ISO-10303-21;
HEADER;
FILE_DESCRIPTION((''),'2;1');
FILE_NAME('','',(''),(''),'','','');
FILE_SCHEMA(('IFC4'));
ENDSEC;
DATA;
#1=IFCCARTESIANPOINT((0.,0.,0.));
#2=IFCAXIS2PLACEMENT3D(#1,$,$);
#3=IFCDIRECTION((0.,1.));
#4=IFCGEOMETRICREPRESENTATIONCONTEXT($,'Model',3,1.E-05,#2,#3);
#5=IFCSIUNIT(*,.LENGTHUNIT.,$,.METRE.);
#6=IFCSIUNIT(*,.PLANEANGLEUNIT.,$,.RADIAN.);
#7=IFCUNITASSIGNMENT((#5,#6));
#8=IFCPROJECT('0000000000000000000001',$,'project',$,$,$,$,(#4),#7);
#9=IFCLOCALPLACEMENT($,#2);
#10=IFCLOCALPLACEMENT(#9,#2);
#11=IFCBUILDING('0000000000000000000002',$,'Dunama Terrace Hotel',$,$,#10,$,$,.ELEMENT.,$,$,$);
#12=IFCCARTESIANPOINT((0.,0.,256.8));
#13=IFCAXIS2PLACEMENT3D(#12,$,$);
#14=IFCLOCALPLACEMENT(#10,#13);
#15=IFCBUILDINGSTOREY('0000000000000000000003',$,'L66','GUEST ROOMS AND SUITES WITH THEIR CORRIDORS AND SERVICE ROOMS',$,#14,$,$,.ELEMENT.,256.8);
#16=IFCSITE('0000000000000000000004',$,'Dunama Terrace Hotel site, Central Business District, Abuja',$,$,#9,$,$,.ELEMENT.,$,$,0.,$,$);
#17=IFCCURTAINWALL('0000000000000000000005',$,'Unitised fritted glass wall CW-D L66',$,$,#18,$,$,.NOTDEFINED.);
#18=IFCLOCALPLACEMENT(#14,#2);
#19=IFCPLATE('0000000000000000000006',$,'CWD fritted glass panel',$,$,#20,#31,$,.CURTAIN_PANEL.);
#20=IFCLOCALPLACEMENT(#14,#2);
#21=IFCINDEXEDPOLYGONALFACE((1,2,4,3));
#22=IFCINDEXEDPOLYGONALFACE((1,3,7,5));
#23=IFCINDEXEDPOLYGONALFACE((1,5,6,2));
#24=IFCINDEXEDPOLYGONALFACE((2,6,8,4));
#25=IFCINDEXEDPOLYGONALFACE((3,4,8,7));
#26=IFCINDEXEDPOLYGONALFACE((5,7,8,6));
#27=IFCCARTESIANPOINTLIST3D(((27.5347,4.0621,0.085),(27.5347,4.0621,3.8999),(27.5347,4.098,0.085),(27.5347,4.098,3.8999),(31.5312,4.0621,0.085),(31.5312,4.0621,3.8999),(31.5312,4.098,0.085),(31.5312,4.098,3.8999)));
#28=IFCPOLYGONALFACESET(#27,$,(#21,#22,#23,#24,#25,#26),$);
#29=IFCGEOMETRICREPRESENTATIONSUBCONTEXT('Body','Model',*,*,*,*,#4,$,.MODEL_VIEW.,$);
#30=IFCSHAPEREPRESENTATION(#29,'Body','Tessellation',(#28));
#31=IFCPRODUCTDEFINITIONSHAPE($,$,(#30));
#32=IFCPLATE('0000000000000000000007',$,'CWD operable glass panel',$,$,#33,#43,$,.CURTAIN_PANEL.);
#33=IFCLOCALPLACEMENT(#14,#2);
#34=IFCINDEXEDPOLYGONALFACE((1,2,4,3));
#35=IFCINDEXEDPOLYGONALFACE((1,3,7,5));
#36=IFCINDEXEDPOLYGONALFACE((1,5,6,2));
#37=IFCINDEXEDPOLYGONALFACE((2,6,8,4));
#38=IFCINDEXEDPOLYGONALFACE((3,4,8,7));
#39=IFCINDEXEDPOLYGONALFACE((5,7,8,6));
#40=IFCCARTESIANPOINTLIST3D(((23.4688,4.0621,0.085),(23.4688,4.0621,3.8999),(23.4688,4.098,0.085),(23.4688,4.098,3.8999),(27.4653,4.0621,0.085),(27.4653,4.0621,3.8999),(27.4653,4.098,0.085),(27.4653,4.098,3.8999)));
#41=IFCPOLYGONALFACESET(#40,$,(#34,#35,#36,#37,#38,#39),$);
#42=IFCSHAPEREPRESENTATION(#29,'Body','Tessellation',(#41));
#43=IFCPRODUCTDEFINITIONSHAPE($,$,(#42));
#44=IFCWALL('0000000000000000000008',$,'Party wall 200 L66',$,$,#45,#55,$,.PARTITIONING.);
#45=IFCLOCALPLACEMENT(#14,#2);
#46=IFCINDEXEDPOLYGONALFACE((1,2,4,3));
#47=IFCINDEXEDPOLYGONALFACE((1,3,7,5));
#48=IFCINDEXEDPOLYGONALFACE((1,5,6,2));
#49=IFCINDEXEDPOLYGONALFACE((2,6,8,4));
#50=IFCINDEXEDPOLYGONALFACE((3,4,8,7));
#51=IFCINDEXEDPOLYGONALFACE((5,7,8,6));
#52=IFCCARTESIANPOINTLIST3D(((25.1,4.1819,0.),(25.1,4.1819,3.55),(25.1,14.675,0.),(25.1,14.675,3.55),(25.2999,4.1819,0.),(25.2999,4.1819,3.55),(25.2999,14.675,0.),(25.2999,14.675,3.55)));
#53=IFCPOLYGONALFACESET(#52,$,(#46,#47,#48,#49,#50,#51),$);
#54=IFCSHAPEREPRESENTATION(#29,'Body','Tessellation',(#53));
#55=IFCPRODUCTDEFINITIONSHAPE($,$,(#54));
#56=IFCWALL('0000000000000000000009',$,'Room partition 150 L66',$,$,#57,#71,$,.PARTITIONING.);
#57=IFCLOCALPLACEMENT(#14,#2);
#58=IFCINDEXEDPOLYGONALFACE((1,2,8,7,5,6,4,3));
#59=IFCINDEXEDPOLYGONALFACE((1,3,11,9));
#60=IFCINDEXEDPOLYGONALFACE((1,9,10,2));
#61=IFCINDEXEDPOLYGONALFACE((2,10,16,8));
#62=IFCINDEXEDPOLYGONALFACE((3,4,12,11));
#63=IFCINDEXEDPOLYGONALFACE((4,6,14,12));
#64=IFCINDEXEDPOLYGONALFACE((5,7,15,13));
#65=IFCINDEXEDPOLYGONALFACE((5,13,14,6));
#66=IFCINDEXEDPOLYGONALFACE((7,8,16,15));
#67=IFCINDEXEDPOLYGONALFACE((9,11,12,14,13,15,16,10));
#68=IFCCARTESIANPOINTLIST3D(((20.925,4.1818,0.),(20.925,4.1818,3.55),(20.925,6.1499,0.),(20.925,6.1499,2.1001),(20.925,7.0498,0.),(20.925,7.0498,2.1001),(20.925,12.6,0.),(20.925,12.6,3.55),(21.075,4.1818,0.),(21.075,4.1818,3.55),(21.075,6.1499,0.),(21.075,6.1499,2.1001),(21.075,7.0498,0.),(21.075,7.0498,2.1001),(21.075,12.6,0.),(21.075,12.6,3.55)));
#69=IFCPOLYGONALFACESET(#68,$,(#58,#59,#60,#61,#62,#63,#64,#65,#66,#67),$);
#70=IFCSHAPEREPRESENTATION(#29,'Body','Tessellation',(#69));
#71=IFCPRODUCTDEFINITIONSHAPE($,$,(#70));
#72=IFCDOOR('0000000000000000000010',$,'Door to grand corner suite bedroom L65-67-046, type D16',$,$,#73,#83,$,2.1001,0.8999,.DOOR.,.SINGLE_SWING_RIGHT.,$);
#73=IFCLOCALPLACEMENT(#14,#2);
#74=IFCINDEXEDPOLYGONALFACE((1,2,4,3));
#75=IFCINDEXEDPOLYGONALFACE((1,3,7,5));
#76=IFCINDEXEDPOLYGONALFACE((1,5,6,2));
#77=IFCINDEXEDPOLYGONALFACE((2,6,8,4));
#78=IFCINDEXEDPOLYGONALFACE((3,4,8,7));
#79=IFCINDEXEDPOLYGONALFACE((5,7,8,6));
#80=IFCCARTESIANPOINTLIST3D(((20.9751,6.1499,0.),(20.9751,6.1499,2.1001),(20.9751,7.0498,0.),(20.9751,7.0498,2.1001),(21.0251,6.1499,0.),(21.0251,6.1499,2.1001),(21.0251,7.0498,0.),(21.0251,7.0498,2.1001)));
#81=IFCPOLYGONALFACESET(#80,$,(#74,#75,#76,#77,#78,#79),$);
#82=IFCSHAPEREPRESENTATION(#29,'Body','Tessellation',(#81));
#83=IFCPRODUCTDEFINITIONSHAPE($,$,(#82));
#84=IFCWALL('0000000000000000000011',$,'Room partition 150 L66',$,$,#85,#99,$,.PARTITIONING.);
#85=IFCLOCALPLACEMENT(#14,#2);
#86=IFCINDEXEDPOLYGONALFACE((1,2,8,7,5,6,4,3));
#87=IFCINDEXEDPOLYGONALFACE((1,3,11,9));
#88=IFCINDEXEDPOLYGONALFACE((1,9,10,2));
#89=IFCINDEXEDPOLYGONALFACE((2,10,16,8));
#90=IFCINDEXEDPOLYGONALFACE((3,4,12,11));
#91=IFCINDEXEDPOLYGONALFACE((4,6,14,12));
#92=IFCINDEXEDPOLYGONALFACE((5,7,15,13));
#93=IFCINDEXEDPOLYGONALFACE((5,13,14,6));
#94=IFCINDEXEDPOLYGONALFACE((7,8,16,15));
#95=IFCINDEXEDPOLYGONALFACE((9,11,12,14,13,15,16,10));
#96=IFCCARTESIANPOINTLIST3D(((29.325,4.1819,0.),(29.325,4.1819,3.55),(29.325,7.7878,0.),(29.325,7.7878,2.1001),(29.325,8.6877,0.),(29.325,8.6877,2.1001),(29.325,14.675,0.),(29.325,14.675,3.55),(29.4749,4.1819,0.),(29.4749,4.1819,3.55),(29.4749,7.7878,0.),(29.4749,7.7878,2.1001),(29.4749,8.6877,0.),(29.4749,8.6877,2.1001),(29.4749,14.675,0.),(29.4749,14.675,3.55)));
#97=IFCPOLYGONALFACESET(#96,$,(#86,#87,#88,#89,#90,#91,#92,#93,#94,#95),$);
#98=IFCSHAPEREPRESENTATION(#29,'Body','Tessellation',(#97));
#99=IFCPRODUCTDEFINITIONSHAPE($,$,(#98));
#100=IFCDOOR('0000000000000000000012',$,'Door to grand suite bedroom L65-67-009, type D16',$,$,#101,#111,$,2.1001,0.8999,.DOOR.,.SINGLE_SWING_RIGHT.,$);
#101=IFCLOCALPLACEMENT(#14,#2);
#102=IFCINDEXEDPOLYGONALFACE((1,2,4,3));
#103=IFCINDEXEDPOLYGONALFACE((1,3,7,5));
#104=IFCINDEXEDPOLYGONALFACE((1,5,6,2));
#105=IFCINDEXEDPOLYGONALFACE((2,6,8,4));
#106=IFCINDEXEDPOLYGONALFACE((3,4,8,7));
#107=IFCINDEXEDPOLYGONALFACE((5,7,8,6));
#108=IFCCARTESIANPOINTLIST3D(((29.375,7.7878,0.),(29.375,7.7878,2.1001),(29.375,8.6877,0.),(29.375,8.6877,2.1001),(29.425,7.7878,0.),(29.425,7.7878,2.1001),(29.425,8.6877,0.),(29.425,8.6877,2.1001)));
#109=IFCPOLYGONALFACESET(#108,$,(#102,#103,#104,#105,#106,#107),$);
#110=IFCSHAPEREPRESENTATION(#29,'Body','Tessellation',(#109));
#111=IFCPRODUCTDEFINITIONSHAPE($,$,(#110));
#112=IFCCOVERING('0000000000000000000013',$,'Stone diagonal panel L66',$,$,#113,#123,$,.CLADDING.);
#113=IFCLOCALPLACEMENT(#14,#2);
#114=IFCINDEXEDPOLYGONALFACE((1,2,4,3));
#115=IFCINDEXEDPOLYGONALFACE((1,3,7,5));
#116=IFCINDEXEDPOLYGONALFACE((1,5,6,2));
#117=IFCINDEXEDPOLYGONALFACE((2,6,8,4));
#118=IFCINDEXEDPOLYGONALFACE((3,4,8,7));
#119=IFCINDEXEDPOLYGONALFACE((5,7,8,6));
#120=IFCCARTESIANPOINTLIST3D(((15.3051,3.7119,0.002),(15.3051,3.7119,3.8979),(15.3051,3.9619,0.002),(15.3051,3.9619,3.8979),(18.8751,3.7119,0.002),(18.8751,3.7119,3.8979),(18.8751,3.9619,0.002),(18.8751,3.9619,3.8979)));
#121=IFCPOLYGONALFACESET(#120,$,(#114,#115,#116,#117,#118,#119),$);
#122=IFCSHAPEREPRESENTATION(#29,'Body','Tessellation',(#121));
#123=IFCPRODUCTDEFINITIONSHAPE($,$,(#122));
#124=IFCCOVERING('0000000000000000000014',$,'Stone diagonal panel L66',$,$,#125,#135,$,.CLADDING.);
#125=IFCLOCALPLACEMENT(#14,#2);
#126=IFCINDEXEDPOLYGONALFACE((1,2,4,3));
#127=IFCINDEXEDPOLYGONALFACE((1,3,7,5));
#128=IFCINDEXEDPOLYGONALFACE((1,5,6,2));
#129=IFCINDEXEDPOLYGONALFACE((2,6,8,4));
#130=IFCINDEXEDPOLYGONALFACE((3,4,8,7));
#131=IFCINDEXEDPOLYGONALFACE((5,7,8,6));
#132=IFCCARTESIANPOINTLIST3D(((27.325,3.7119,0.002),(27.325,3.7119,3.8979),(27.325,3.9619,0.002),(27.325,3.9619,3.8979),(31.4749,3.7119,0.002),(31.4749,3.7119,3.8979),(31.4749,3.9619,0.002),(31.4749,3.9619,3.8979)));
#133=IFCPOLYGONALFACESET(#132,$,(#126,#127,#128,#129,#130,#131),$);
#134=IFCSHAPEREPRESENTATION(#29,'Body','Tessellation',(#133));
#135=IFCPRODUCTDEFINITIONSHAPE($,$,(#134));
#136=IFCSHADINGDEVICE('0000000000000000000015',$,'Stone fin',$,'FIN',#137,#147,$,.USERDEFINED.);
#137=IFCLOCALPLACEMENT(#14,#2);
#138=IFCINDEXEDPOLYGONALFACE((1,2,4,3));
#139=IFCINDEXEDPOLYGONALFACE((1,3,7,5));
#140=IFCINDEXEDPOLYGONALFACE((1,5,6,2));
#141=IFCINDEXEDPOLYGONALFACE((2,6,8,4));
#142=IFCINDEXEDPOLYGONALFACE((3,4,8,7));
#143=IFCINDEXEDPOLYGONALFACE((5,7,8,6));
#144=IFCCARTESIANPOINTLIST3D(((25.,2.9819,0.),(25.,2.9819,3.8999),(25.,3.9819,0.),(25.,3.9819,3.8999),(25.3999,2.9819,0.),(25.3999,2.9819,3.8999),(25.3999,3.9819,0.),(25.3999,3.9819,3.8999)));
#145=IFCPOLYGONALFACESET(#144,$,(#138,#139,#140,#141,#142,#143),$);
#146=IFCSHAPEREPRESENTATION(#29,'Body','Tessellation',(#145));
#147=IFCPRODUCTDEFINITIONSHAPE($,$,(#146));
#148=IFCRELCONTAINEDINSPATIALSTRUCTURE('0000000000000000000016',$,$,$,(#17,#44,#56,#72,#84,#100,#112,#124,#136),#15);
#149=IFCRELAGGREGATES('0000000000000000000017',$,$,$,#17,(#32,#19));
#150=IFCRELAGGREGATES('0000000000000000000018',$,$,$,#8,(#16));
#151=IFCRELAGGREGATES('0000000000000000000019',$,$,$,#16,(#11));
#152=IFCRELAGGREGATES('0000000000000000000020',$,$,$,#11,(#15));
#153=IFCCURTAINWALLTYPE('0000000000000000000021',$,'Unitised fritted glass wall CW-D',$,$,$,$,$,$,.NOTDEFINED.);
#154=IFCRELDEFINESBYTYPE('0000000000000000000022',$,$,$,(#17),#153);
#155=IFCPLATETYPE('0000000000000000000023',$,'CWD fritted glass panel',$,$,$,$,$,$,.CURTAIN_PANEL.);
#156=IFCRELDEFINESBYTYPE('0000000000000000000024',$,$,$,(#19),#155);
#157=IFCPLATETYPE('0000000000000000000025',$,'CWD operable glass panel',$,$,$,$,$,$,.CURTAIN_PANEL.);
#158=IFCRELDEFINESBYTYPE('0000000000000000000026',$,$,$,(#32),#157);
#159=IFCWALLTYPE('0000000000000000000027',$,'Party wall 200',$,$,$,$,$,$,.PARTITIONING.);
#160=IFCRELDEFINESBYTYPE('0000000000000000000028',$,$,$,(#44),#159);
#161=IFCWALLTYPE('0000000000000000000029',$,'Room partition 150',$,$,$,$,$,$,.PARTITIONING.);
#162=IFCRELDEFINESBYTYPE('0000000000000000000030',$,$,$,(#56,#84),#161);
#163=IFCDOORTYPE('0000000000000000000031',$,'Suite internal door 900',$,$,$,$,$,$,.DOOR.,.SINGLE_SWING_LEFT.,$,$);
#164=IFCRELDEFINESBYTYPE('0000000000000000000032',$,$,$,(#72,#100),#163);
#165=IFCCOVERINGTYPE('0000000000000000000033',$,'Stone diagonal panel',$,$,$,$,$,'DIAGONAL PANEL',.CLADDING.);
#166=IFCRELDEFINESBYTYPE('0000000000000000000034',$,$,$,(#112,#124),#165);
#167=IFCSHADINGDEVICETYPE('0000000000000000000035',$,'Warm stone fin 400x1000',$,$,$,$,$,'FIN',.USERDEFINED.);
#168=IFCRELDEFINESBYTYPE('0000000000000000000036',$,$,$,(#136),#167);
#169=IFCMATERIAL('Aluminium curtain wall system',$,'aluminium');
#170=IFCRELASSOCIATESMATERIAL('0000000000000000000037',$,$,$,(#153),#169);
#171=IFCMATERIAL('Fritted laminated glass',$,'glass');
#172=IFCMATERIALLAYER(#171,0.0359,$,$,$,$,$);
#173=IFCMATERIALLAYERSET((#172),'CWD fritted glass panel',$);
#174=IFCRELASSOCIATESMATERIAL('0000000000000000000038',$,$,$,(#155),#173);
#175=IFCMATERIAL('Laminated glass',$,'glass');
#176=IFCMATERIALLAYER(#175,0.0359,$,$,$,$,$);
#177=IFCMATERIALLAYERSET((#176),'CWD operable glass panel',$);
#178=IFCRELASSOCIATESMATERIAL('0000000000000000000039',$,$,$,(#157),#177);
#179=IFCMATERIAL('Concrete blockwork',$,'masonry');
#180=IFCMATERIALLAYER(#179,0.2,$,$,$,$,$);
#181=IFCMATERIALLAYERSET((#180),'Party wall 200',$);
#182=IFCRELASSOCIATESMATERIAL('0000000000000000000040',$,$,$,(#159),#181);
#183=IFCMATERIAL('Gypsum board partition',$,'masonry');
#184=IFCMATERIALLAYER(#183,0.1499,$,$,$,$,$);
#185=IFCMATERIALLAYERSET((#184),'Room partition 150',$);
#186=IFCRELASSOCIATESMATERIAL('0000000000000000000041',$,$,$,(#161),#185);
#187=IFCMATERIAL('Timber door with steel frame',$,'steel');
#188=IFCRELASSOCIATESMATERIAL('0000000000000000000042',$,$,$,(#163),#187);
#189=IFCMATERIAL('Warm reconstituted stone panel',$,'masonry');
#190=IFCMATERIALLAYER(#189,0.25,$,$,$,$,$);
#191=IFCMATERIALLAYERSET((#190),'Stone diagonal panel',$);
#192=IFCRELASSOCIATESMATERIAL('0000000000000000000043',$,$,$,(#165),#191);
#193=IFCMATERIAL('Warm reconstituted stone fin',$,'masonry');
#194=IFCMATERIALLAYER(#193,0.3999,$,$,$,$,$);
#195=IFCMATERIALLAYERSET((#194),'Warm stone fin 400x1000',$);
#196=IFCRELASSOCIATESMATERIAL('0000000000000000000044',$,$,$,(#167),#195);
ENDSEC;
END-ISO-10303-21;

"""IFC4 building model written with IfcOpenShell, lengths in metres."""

from ifc_helpers import new_model, si_unit, direction, frame, frame_2d, origin, origin_2d, place, context, subcontext, project, spatial, rectangle, extrude, material, layer, layer_set, type_object, element, fill, aggregate, save


model = new_model("IFC4")

# Units and contexts
model_context = context("Model", 3, precision=1e-05, world=origin(), true_north=direction((0.0, 1.0)))
body_context = subcontext(model_context, "Body", "Model", "MODEL_VIEW")
ifc_project = project(units=[si_unit("LENGTHUNIT", "METRE"), si_unit("PLANEANGLEUNIT", "RADIAN")], contexts=[model_context])

# Site, building, storey
site_placement = place(None, origin())
site = spatial("IfcSite", under=ifc_project, at=site_placement, Name="Dunama Terrace Hotel site, Central Business District, Abuja", CompositionType="ELEMENT", RefElevation=0.0)
building_placement = place(site_placement, origin())
building = spatial("IfcBuilding", under=site, at=building_placement, Name="Dunama Terrace Hotel", CompositionType="ELEMENT")
storey_placement = place(building_placement, frame((0.0, 0.0, 256.8)))
storey = spatial("IfcBuildingStorey", under=building, at=storey_placement, Name="L66", Description="GUEST ROOMS AND SUITES WITH THEIR CORRIDORS AND SERVICE ROOMS", CompositionType="ELEMENT", Elevation=256.8)

# Curtain wall
ifc_material_1 = material(Name="Aluminium curtain wall system", Category="aluminium")
curtain_wall_type = type_object("IfcCurtainWallType", Name="Unitised fritted glass wall CW-D", PredefinedType="NOTDEFINED", material=ifc_material_1)
curtain_wall_placement = place(storey_placement, origin())
curtain_wall = element("IfcCurtainWall", 1, at=curtain_wall_placement, inside=storey, type_object=curtain_wall_type, Name="Unitised fritted glass wall CW-D L66", PredefinedType="NOTDEFINED")

# Plates
ifc_material_2 = material(Name="Fritted laminated glass", Category="glass")
ifc_layer_1 = layer(ifc_material_2, 0.0359)
ifc_layer_set_1 = layer_set([ifc_layer_1], Name="CWD fritted glass panel")
plate_type_1 = type_object("IfcPlateType", Name="CWD fritted glass panel", PredefinedType="CURTAIN_PANEL", material=ifc_layer_set_1)
plate_1_placement = place(storey_placement, frame((29.533, 4.0801, 0.085), z_axis=(0.0, 0.0, 1.0), x_axis=(1.0, 0.0, 0.0)))
plate_1 = element("IfcPlate", 2, at=plate_1_placement, type_object=plate_type_1, Name="CWD fritted glass panel", PredefinedType="CURTAIN_PANEL", context=body_context, shape_type="SweptSolid", body=[
    extrude(rectangle(XDim=3.9966, YDim=0.0359, at=origin_2d()), origin(), (0.0, 0.0, 1.0), 3.8149),
])
ifc_material_3 = material(Name="Laminated glass", Category="glass")
ifc_layer_2 = layer(ifc_material_3, 0.0359)
ifc_layer_set_2 = layer_set([ifc_layer_2], Name="CWD operable glass panel")
plate_type_2 = type_object("IfcPlateType", Name="CWD operable glass panel", PredefinedType="CURTAIN_PANEL", material=ifc_layer_set_2)
plate_2_placement = place(storey_placement, frame((25.467, 4.0801, 0.085), z_axis=(0.0, 0.0, 1.0), x_axis=(1.0, 0.0, 0.0)))
plate_2 = element("IfcPlate", 3, at=plate_2_placement, type_object=plate_type_2, Name="CWD operable glass panel", PredefinedType="CURTAIN_PANEL", context=body_context, shape_type="SweptSolid", body=[
    extrude(rectangle(XDim=3.9966, YDim=0.0359, at=origin_2d()), origin(), (0.0, 0.0, 1.0), 3.8149),
])
aggregate(curtain_wall, [plate_2, plate_1])

# Wall
ifc_material_4 = material(Name="Concrete blockwork", Category="masonry")
ifc_layer_3 = layer(ifc_material_4, 0.2)
ifc_layer_set_3 = layer_set([ifc_layer_3], Name="Party wall 200")
wall_type_1 = type_object("IfcWallType", Name="Party wall 200", PredefinedType="PARTITIONING", material=ifc_layer_set_3)
wall_1_placement = place(storey_placement, frame((25.2, 4.1819, 0.0), z_axis=(0.0, 0.0, 1.0), x_axis=(0.0, 1.0, 0.0)))
element("IfcWall", 4, at=wall_1_placement, inside=storey, type_object=wall_type_1, Name="Party wall 200 L66", PredefinedType="PARTITIONING", context=body_context, shape_type="SweptSolid", body=[
    extrude(rectangle(XDim=10.4932, YDim=0.2, at=frame_2d((5.2466, 0.0))), origin(), (0.0, 0.0, 1.0), 3.55),
])

# Walls, openings, doors
ifc_material_5 = material(Name="Gypsum board partition", Category="masonry")
ifc_layer_4 = layer(ifc_material_5, 0.1499)
ifc_layer_set_4 = layer_set([ifc_layer_4], Name="Room partition 150")
wall_type_2 = type_object("IfcWallType", Name="Room partition 150", PredefinedType="PARTITIONING", material=ifc_layer_set_4)
wall_2_placement = place(storey_placement, frame((21.0, 4.1819, 0.0), z_axis=(0.0, 0.0, 1.0), x_axis=(0.0, 1.0, 0.0)))
wall_2 = element("IfcWall", 5, at=wall_2_placement, inside=storey, type_object=wall_type_2, Name="Room partition 150 L66", PredefinedType="PARTITIONING", context=body_context, shape_type="SweptSolid", body=[
    extrude(rectangle(XDim=8.4182, YDim=0.1499, at=frame_2d((4.209, 0.0))), origin(), (0.0, 0.0, 1.0), 3.55),
])
opening_1_placement = place(wall_2_placement, frame((1.968, 0.0, 0.0)))
opening_1 = element("IfcOpeningElement", 6, at=opening_1_placement, cuts=wall_2, PredefinedType="OPENING", context=body_context, shape_type="SweptSolid", body=[
    extrude(rectangle(XDim=0.8999, YDim=2.1001, at=frame_2d((0.45, 1.05))), frame((0.0, 0.085, 0.0), z_axis=(0.0, -1.0, 0.0), x_axis=(1.0, 0.0, 0.0)), (0.0, 0.0, 1.0), 0.1699),
])
ifc_material_6 = material(Name="Timber door with steel frame", Category="steel")
door_type = type_object("IfcDoorType", Name="Suite internal door 900", OperationType="SINGLE_SWING_LEFT", PredefinedType="DOOR", material=ifc_material_6)
door_1_placement = place(opening_1_placement, origin())
door_1 = element("IfcDoor", 7, at=door_1_placement, inside=storey, type_object=door_type, Name="Door to grand corner suite bedroom L65-67-046, type D16", OperationType="SINGLE_SWING_RIGHT", OverallHeight=2.1001, OverallWidth=0.8999, PredefinedType="DOOR", context=body_context, shape_type="SweptSolid", body=[
    extrude(rectangle(XDim=0.8999, YDim=2.1001, at=frame_2d((0.45, 1.05))), frame((0.0, 0.0249, 0.0), z_axis=(0.0, -1.0, 0.0), x_axis=(1.0, 0.0, 0.0)), (0.0, 0.0, 1.0), 0.05),
])
fill(opening_1, door_1)
wall_3_placement = place(storey_placement, frame((29.3999, 4.1819, 0.0), z_axis=(0.0, 0.0, 1.0), x_axis=(0.0, 1.0, 0.0)))
wall_3 = element("IfcWall", 8, at=wall_3_placement, inside=storey, type_object=wall_type_2, Name="Room partition 150 L66", PredefinedType="PARTITIONING", context=body_context, shape_type="SweptSolid", body=[
    extrude(rectangle(XDim=10.4932, YDim=0.1499, at=frame_2d((5.2466, 0.0))), origin(), (0.0, 0.0, 1.0), 3.55),
])
opening_2_placement = place(wall_3_placement, frame((3.606, 0.0, 0.0)))
opening_2 = element("IfcOpeningElement", 9, at=opening_2_placement, cuts=wall_3, PredefinedType="OPENING", context=body_context, shape_type="SweptSolid", body=[
    extrude(rectangle(XDim=0.8999, YDim=2.1001, at=frame_2d((0.45, 1.05))), frame((0.0, 0.085, 0.0), z_axis=(0.0, -1.0, 0.0), x_axis=(1.0, 0.0, 0.0)), (0.0, 0.0, 1.0), 0.1699),
])
door_2_placement = place(opening_2_placement, origin())
door_2 = element("IfcDoor", 10, at=door_2_placement, inside=storey, type_object=door_type, Name="Door to grand suite bedroom L65-67-009, type D16", OperationType="SINGLE_SWING_RIGHT", OverallHeight=2.1001, OverallWidth=0.8999, PredefinedType="DOOR", context=body_context, shape_type="SweptSolid", body=[
    extrude(rectangle(XDim=0.8999, YDim=2.1001, at=frame_2d((0.45, 1.05))), frame((0.0, 0.0249, 0.0), z_axis=(0.0, -1.0, 0.0), x_axis=(1.0, 0.0, 0.0)), (0.0, 0.0, 1.0), 0.05),
])
fill(opening_2, door_2)

# Coverings
ifc_material_7 = material(Name="Warm reconstituted stone panel", Category="masonry")
ifc_layer_5 = layer(ifc_material_7, 0.25)
ifc_layer_set_5 = layer_set([ifc_layer_5], Name="Stone diagonal panel")
covering_type = type_object("IfcCoveringType", Name="Stone diagonal panel", ElementType="DIAGONAL PANEL", PredefinedType="CLADDING", material=ifc_layer_set_5)
covering_1_placement = place(storey_placement, frame((17.0901, 3.8369, 0.002), z_axis=(0.0, 0.0, 1.0), x_axis=(1.0, 0.0, 0.0)))
element("IfcCovering", 11, at=covering_1_placement, inside=storey, type_object=covering_type, Name="Stone diagonal panel L66", PredefinedType="CLADDING", context=body_context, shape_type="SweptSolid", body=[
    extrude(rectangle(XDim=3.5701, YDim=0.25, at=origin_2d()), origin(), (0.0, 0.0, 1.0), 3.896),
])
covering_2_placement = place(storey_placement, frame((29.3999, 3.8369, 0.002), z_axis=(0.0, 0.0, 1.0), x_axis=(1.0, 0.0, 0.0)))
element("IfcCovering", 12, at=covering_2_placement, inside=storey, type_object=covering_type, Name="Stone diagonal panel L66", PredefinedType="CLADDING", context=body_context, shape_type="SweptSolid", body=[
    extrude(rectangle(XDim=4.1499, YDim=0.25, at=origin_2d()), origin(), (0.0, 0.0, 1.0), 3.896),
])

# Shading device
ifc_material_8 = material(Name="Warm reconstituted stone fin", Category="masonry")
ifc_layer_6 = layer(ifc_material_8, 0.3999)
ifc_layer_set_6 = layer_set([ifc_layer_6], Name="Warm stone fin 400x1000")
shading_device_type = type_object("IfcShadingDeviceType", Name="Warm stone fin 400x1000", ElementType="FIN", PredefinedType="USERDEFINED", material=ifc_layer_set_6)
shading_device_placement = place(storey_placement, frame((25.2, 3.4819, 0.0), z_axis=(0.0, 0.0, 1.0), x_axis=(1.0, 0.0, 0.0)))
element("IfcShadingDevice", 13, at=shading_device_placement, inside=storey, type_object=shading_device_type, Name="Stone fin", ObjectType="FIN", PredefinedType="USERDEFINED", context=body_context, shape_type="SweptSolid", body=[
    extrude(rectangle(XDim=0.3999, YDim=1.0, at=origin_2d()), origin(), (0.0, 0.0, 1.0), 3.8999),
])

save(model, "model.ifc")
